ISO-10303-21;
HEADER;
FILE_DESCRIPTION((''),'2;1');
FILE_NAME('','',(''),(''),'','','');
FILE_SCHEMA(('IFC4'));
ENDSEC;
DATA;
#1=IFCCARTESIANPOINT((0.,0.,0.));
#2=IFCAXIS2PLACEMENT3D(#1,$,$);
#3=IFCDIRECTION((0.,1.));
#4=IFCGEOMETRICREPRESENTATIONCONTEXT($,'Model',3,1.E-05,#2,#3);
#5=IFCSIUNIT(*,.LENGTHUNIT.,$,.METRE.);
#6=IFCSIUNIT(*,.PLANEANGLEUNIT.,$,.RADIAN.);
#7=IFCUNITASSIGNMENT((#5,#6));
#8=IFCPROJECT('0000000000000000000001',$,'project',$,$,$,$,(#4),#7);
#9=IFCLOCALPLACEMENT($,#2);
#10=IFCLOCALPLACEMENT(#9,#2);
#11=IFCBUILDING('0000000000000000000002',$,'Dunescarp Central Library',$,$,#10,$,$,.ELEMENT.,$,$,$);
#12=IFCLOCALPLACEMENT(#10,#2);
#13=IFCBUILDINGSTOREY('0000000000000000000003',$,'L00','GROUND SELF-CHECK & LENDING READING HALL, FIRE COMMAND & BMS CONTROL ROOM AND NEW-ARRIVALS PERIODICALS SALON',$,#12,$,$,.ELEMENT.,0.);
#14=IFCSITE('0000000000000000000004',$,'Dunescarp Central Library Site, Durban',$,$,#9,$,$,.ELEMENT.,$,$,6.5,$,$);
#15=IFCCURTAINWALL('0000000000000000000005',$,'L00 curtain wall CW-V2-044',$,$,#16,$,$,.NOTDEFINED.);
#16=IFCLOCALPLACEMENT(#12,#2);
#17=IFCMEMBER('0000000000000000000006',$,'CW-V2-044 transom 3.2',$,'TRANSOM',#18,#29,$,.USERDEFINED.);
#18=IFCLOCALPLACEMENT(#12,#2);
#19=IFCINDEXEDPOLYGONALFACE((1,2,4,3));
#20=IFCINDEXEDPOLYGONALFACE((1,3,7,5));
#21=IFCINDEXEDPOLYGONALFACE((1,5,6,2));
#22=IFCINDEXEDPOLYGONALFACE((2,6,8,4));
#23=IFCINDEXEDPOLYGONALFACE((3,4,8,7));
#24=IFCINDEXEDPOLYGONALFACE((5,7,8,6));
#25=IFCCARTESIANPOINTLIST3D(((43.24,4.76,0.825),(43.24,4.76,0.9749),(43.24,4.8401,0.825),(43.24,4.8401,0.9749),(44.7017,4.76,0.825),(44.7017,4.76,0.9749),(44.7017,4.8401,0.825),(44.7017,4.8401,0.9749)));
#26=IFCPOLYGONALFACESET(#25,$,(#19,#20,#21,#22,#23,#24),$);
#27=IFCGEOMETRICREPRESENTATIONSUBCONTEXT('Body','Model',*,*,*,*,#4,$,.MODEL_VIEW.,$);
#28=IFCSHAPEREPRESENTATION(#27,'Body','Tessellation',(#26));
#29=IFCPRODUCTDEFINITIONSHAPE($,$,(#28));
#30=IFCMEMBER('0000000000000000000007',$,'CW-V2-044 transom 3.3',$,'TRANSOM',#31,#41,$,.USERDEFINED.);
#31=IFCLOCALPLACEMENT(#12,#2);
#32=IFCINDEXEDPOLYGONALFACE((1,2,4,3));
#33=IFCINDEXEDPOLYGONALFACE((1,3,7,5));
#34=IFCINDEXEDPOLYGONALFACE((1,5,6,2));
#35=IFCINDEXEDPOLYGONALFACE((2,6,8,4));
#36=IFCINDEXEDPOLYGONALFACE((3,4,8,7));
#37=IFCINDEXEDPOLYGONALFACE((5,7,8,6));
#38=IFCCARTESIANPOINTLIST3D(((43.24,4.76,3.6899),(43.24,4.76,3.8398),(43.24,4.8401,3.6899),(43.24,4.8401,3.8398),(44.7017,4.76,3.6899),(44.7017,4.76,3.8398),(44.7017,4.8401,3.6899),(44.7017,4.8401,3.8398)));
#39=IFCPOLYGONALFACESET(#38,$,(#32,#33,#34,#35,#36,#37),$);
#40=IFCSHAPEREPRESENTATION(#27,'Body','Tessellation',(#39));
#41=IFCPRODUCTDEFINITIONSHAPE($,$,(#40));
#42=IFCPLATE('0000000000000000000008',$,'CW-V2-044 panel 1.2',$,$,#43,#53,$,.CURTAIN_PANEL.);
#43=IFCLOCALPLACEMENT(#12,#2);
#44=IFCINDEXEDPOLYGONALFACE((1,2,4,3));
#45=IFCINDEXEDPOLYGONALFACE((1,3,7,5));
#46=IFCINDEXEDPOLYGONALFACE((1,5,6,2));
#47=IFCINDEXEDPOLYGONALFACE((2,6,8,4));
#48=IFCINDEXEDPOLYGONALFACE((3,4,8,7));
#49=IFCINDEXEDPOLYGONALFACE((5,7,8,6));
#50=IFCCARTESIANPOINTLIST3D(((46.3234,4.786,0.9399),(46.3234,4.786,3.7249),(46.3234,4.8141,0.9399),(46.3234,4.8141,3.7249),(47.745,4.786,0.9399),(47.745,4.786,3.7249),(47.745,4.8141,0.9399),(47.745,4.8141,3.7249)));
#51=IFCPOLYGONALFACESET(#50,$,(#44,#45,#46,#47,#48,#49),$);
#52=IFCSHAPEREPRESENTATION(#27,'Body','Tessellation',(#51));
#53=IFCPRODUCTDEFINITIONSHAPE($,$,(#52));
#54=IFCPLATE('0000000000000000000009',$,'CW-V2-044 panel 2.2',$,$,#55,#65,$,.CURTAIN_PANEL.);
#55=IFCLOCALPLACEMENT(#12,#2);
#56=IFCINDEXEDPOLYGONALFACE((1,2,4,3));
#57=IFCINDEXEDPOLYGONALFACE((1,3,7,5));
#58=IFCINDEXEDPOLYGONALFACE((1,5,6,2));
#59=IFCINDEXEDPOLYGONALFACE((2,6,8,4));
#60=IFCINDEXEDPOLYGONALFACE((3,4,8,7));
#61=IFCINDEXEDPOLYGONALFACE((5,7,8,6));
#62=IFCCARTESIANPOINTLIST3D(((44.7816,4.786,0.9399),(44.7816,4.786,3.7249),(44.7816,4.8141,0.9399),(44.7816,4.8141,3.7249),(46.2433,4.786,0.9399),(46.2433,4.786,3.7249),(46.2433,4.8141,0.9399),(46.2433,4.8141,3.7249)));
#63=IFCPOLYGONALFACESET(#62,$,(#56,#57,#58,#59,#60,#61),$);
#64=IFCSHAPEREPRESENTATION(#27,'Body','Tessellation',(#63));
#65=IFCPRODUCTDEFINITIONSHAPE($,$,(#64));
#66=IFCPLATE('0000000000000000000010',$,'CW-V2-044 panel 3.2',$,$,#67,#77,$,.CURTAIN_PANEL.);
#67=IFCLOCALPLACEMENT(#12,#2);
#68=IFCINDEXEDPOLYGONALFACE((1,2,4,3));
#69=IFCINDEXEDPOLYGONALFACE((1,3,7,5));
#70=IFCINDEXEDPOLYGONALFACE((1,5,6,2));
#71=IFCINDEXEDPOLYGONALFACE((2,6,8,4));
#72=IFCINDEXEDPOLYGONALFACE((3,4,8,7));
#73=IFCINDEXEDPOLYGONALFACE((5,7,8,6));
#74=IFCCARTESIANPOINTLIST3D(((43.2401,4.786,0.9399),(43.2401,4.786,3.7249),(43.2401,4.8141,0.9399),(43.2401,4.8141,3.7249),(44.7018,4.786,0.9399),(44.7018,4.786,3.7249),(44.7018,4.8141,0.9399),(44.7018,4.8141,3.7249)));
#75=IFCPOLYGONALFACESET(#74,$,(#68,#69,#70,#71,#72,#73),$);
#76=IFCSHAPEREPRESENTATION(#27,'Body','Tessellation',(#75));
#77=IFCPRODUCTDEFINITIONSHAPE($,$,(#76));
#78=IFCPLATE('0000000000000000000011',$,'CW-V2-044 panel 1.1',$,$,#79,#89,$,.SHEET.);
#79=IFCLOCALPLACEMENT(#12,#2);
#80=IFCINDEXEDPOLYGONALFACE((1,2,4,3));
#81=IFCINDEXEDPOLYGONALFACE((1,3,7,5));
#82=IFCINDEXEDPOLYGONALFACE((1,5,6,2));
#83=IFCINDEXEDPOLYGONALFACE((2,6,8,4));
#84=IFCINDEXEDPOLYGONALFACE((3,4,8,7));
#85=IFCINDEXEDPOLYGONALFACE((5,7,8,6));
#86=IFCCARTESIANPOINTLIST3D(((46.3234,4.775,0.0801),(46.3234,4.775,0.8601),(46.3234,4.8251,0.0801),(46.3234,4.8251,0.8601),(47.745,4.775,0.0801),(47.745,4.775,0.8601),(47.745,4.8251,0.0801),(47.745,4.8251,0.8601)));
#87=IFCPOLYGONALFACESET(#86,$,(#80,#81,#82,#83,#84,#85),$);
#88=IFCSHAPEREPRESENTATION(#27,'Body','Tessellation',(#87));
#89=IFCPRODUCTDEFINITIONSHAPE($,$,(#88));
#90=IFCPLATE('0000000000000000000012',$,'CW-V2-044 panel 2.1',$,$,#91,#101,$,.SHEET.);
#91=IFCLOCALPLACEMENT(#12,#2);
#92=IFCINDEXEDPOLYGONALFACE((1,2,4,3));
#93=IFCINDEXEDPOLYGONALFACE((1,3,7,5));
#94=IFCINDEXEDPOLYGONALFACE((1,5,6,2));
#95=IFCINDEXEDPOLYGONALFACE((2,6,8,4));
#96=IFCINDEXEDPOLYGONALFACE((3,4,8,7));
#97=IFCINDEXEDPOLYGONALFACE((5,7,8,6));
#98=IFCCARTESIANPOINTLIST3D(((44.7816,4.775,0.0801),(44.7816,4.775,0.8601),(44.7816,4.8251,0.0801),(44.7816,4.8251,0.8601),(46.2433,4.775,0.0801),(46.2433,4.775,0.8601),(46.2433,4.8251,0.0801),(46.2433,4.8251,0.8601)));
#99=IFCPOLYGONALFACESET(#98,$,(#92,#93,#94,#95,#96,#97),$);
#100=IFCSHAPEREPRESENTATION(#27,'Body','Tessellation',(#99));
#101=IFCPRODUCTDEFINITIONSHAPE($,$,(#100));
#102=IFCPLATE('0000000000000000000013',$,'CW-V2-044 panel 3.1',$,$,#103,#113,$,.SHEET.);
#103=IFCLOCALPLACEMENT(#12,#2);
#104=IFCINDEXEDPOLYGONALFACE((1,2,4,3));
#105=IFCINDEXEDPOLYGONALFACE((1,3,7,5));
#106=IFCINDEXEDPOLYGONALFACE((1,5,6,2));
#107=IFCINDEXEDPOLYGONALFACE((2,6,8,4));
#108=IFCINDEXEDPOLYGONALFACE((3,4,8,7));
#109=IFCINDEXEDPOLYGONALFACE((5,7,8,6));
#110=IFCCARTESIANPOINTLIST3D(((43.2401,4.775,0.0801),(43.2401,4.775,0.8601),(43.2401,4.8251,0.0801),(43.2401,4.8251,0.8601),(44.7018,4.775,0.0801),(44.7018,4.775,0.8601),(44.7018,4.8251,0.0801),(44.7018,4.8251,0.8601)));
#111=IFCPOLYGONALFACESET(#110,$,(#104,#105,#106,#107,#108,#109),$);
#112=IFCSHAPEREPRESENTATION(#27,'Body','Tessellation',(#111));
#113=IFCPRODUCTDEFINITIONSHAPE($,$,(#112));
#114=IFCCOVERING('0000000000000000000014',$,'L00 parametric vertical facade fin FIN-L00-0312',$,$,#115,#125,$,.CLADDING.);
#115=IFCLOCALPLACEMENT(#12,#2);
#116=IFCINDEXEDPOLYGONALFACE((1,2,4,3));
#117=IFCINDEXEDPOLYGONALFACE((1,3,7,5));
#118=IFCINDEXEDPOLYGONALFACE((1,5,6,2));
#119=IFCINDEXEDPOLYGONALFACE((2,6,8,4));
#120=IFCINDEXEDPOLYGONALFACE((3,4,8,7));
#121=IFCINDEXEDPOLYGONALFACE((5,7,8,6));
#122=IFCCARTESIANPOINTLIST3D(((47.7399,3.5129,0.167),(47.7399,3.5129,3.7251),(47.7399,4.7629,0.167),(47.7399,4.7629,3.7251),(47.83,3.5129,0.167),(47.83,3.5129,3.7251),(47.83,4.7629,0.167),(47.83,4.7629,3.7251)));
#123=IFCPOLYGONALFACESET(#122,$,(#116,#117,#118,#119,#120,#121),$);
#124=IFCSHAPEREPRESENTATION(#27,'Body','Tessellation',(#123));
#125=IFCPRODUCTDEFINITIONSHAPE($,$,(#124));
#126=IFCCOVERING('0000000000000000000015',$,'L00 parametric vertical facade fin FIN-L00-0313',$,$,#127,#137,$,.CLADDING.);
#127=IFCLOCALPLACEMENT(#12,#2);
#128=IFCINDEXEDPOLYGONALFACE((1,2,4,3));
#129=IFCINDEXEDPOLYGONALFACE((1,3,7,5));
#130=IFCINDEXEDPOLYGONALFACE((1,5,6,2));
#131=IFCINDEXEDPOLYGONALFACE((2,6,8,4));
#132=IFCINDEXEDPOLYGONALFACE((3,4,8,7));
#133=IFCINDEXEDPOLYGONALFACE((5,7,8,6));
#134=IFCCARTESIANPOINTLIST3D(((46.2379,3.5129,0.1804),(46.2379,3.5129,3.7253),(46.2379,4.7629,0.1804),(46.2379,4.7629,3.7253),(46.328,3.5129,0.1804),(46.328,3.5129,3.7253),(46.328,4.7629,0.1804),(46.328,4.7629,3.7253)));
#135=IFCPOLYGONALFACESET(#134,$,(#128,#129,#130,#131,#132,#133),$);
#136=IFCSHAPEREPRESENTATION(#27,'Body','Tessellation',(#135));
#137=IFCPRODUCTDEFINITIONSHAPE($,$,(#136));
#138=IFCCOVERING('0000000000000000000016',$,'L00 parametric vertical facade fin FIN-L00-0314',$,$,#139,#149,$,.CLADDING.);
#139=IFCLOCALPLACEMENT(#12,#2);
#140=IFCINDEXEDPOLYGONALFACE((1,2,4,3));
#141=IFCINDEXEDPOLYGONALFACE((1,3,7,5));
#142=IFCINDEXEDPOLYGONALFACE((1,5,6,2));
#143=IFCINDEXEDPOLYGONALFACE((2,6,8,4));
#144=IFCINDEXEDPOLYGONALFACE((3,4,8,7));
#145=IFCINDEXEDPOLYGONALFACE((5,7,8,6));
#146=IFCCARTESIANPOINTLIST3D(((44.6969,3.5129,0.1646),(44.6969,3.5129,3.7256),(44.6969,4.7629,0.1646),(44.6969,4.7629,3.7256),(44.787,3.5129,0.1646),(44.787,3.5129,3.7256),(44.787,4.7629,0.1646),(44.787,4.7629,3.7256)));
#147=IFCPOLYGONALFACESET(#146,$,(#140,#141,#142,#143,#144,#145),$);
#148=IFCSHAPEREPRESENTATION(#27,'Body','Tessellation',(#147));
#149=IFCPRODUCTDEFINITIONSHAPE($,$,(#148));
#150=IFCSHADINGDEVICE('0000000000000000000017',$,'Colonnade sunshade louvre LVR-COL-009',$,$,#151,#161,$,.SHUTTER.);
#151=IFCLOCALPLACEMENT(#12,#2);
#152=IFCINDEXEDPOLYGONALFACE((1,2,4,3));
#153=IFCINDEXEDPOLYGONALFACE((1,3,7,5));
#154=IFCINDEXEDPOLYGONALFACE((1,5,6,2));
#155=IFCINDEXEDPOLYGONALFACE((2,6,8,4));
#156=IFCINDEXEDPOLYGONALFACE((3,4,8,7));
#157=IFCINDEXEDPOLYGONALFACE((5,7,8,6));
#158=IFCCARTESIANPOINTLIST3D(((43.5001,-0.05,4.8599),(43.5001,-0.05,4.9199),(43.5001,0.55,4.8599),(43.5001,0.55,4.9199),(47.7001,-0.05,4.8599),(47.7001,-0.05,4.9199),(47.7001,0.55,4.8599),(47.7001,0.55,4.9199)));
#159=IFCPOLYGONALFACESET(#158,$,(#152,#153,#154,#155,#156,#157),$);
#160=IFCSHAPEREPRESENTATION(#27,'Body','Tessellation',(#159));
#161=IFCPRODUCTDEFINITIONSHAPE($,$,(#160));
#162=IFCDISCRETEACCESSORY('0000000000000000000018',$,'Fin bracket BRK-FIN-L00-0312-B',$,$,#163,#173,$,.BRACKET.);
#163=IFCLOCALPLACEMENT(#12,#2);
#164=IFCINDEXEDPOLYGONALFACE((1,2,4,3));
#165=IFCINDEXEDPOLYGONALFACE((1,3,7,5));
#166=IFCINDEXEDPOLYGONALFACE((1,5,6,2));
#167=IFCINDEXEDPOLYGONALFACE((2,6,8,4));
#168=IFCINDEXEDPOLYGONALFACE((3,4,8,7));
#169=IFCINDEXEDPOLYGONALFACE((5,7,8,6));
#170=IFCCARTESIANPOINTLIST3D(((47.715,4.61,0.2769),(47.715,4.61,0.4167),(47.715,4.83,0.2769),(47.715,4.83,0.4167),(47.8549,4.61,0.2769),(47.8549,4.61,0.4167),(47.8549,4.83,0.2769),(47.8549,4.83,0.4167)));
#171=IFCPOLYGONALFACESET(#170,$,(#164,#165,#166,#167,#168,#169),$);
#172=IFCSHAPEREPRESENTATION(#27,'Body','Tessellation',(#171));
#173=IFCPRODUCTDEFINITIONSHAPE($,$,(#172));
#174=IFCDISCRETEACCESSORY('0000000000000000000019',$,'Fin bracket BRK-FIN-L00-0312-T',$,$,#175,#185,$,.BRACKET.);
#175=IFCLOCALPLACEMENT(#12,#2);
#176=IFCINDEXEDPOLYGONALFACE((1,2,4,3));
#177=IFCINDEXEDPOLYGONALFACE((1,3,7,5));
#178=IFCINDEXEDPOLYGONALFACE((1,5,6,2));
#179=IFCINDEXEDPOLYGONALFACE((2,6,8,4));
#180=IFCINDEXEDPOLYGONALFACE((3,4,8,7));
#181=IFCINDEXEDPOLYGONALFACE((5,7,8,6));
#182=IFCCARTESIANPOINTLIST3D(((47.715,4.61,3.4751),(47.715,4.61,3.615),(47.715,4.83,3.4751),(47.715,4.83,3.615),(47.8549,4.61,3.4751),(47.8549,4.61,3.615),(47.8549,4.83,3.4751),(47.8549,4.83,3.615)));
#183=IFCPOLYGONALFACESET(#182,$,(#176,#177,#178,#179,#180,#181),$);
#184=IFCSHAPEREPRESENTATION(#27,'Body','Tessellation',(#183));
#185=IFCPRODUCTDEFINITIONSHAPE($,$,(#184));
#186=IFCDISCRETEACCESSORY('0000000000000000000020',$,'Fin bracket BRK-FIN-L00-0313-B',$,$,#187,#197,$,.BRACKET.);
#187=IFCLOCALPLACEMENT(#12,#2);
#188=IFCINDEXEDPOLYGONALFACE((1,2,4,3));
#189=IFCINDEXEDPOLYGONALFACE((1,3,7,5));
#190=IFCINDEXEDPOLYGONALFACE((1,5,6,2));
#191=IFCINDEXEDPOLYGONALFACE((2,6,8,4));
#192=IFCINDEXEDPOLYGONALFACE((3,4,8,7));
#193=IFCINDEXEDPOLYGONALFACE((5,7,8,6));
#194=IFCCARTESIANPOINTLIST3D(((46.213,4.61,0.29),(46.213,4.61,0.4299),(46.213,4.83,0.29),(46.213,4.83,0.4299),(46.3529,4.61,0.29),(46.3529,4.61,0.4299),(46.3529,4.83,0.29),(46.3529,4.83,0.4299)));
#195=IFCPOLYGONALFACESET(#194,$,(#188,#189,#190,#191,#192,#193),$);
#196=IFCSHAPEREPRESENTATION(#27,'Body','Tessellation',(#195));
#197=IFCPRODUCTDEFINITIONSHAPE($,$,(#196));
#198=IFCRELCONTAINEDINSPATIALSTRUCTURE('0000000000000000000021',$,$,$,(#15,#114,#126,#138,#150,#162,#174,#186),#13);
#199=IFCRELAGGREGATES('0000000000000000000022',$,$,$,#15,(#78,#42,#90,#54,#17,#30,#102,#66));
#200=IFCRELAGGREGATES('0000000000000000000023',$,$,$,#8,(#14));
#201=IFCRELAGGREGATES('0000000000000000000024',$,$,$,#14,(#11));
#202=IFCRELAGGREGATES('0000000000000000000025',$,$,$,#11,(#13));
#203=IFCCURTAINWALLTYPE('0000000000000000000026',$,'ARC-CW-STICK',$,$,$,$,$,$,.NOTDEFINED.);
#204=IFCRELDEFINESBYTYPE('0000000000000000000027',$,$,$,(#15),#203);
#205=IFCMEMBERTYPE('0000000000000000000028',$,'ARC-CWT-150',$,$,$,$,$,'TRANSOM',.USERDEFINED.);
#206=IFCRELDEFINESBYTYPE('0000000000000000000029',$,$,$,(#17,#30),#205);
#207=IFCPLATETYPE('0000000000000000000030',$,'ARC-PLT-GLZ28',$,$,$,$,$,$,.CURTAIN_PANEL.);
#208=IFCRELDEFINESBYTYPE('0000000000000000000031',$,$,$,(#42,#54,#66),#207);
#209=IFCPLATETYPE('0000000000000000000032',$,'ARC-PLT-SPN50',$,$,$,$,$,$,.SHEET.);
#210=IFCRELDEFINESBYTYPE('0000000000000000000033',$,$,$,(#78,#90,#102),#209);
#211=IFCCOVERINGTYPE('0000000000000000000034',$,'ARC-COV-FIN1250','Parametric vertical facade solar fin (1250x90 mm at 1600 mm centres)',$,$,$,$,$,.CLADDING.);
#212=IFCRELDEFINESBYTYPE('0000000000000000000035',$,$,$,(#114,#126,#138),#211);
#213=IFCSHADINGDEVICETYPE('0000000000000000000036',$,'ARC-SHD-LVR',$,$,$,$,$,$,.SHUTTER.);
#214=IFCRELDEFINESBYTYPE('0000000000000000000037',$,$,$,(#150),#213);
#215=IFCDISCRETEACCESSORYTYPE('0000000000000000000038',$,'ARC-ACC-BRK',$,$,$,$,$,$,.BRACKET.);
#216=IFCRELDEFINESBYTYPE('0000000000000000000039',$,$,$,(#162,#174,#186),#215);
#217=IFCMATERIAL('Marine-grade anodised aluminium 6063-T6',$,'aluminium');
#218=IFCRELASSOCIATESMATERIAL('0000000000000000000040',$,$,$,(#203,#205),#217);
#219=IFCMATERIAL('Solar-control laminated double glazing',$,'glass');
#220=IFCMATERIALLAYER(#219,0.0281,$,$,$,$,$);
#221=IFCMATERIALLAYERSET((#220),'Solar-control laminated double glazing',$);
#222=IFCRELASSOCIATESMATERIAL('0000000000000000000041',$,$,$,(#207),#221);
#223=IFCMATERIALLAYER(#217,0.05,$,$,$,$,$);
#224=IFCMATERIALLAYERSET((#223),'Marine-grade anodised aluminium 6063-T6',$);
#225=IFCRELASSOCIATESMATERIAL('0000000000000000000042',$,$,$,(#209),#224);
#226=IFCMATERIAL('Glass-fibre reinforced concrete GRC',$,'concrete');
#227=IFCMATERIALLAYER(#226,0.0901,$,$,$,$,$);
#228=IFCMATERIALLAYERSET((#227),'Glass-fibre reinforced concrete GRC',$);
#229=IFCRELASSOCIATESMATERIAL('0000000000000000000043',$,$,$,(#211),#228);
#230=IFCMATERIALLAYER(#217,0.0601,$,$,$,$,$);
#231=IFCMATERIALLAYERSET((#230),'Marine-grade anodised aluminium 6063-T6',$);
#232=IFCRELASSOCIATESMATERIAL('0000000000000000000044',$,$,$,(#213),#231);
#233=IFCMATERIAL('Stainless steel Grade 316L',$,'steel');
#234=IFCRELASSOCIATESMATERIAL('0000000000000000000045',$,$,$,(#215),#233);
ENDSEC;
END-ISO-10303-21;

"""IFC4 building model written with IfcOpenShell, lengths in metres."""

from ifc_helpers import new_model, si_unit, direction, frame, origin, origin_2d, place, context, subcontext, project, spatial, rectangle, extrude, material, layer, layer_set, material_profile, profile_set, type_object, element, aggregate, save


model = new_model("IFC4")

# Units and contexts
model_context = context("Model", 3, precision=1e-05, world=origin(), true_north=direction((0.0, 1.0)))
body_context = subcontext(model_context, "Body", "Model", "MODEL_VIEW")
ifc_project = project(units=[si_unit("LENGTHUNIT", "METRE"), si_unit("PLANEANGLEUNIT", "RADIAN")], contexts=[model_context])

# Site, building, storey
site_placement = place(None, origin())
site = spatial("IfcSite", under=ifc_project, at=site_placement, Name="Dunescarp Central Library Site, Durban", CompositionType="ELEMENT", RefElevation=6.5)
building_placement = place(site_placement, origin())
building = spatial("IfcBuilding", under=site, at=building_placement, Name="Dunescarp Central Library", CompositionType="ELEMENT")
storey_placement = place(building_placement, origin())
storey = spatial("IfcBuildingStorey", under=building, at=storey_placement, Name="L00", Description="GROUND SELF-CHECK & LENDING READING HALL, FIRE COMMAND & BMS CONTROL ROOM AND NEW-ARRIVALS PERIODICALS SALON", CompositionType="ELEMENT", Elevation=0.0)

# Curtain wall, members, plates
ifc_material_1 = material(Name="Marine-grade anodised aluminium 6063-T6", Category="aluminium")
curtain_wall_type = type_object("IfcCurtainWallType", Name="ARC-CW-STICK", PredefinedType="NOTDEFINED", material=ifc_material_1)
curtain_wall_placement = place(storey_placement, origin())
curtain_wall = element("IfcCurtainWall", 1, at=curtain_wall_placement, inside=storey, type_object=curtain_wall_type, Name="L00 curtain wall CW-V2-044", PredefinedType="NOTDEFINED")
ifc_material_profile_1 = material_profile(ifc_material_1, rectangle(XDim=0.0801, YDim=0.1499, at=origin_2d()), Name="AL 80x150")
ifc_profile_set_1 = profile_set([ifc_material_profile_1], Name="Marine-grade anodised aluminium 6063-T6")
member_type_1 = type_object("IfcMemberType", Name="ARC-CWT-150", ElementType="TRANSOM", PredefinedType="USERDEFINED", material=ifc_profile_set_1)
member_1_placement = place(storey_placement, frame((44.7017, 4.8, 0.8999), z_axis=(-1.0, 0.0, 0.0), x_axis=(0.0, -1.0, 0.0)))
member_1 = element("IfcMember", 2, at=member_1_placement, type_object=member_type_1, Name="CW-V2-044 transom 3.2", ObjectType="TRANSOM", PredefinedType="USERDEFINED", context=body_context, shape_type="SweptSolid", body=[
    extrude(rectangle(XDim=0.0801, YDim=0.1499, at=origin_2d()), origin(), (0.0, 0.0, 1.0), 1.4617),
])
member_2_placement = place(storey_placement, frame((44.7017, 4.8, 3.7649), z_axis=(-1.0, 0.0, 0.0), x_axis=(0.0, -1.0, 0.0)))
member_2 = element("IfcMember", 3, at=member_2_placement, type_object=member_type_1, Name="CW-V2-044 transom 3.3", ObjectType="TRANSOM", PredefinedType="USERDEFINED", context=body_context, shape_type="SweptSolid", body=[
    extrude(rectangle(XDim=0.0801, YDim=0.1499, at=origin_2d()), origin(), (0.0, 0.0, 1.0), 1.4617),
])
ifc_material_2 = material(Name="Solar-control laminated double glazing", Category="glass")
ifc_layer_1 = layer(ifc_material_2, 0.0281)
ifc_layer_set_1 = layer_set([ifc_layer_1], Name="Solar-control laminated double glazing")
plate_type_1 = type_object("IfcPlateType", Name="ARC-PLT-GLZ28", PredefinedType="CURTAIN_PANEL", material=ifc_layer_set_1)
plate_1_placement = place(storey_placement, frame((47.0342, 4.8, 0.9399), z_axis=(0.0, 0.0, 1.0), x_axis=(-1.0, 0.0, 0.0)))
plate_1 = element("IfcPlate", 4, at=plate_1_placement, type_object=plate_type_1, Name="CW-V2-044 panel 1.2", PredefinedType="CURTAIN_PANEL", context=body_context, shape_type="SweptSolid", body=[
    extrude(rectangle(XDim=1.4216, YDim=0.0281, at=origin_2d()), origin(), (0.0, 0.0, 1.0), 2.7849),
])
plate_2_placement = place(storey_placement, frame((45.5125, 4.8, 0.9399), z_axis=(0.0, 0.0, 1.0), x_axis=(-1.0, 0.0, 0.0)))
plate_2 = element("IfcPlate", 5, at=plate_2_placement, type_object=plate_type_1, Name="CW-V2-044 panel 2.2", PredefinedType="CURTAIN_PANEL", context=body_context, shape_type="SweptSolid", body=[
    extrude(rectangle(XDim=1.4617, YDim=0.0281, at=origin_2d()), origin(), (0.0, 0.0, 1.0), 2.7849),
])
plate_3_placement = place(storey_placement, frame((43.9709, 4.8, 0.9399), z_axis=(0.0, 0.0, 1.0), x_axis=(-1.0, 0.0, 0.0)))
plate_3 = element("IfcPlate", 6, at=plate_3_placement, type_object=plate_type_1, Name="CW-V2-044 panel 3.2", PredefinedType="CURTAIN_PANEL", context=body_context, shape_type="SweptSolid", body=[
    extrude(rectangle(XDim=1.4617, YDim=0.0281, at=origin_2d()), origin(), (0.0, 0.0, 1.0), 2.7849),
])
ifc_layer_2 = layer(ifc_material_1, 0.05)
ifc_layer_set_2 = layer_set([ifc_layer_2], Name="Marine-grade anodised aluminium 6063-T6")
plate_type_2 = type_object("IfcPlateType", Name="ARC-PLT-SPN50", PredefinedType="SHEET", material=ifc_layer_set_2)
plate_4_placement = place(storey_placement, frame((47.0342, 4.8, 0.0801), z_axis=(0.0, 0.0, 1.0), x_axis=(-1.0, 0.0, 0.0)))
plate_4 = element("IfcPlate", 7, at=plate_4_placement, type_object=plate_type_2, Name="CW-V2-044 panel 1.1", PredefinedType="SHEET", context=body_context, shape_type="SweptSolid", body=[
    extrude(rectangle(XDim=1.4216, YDim=0.05, at=origin_2d()), origin(), (0.0, 0.0, 1.0), 0.78),
])
plate_5_placement = place(storey_placement, frame((45.5125, 4.8, 0.0801), z_axis=(0.0, 0.0, 1.0), x_axis=(-1.0, 0.0, 0.0)))
plate_5 = element("IfcPlate", 8, at=plate_5_placement, type_object=plate_type_2, Name="CW-V2-044 panel 2.1", PredefinedType="SHEET", context=body_context, shape_type="SweptSolid", body=[
    extrude(rectangle(XDim=1.4617, YDim=0.05, at=origin_2d()), origin(), (0.0, 0.0, 1.0), 0.78),
])
plate_6_placement = place(storey_placement, frame((43.9709, 4.8, 0.0801), z_axis=(0.0, 0.0, 1.0), x_axis=(-1.0, 0.0, 0.0)))
plate_6 = element("IfcPlate", 9, at=plate_6_placement, type_object=plate_type_2, Name="CW-V2-044 panel 3.1", PredefinedType="SHEET", context=body_context, shape_type="SweptSolid", body=[
    extrude(rectangle(XDim=1.4617, YDim=0.05, at=origin_2d()), origin(), (0.0, 0.0, 1.0), 0.78),
])
aggregate(curtain_wall, [plate_4, plate_1, plate_5, plate_2, member_1, member_2, plate_6, plate_3])

# Coverings
ifc_material_3 = material(Name="Glass-fibre reinforced concrete GRC", Category="concrete")
ifc_layer_3 = layer(ifc_material_3, 0.0901)
ifc_layer_set_3 = layer_set([ifc_layer_3], Name="Glass-fibre reinforced concrete GRC")
covering_type = type_object("IfcCoveringType", Name="ARC-COV-FIN1250", Description="Parametric vertical facade solar fin (1250x90 mm at 1600 mm centres)", PredefinedType="CLADDING", material=ifc_layer_set_3)
covering_1_placement = place(storey_placement, frame((47.7849, 4.1379, 0.167), z_axis=(0.0, 0.0, 1.0), x_axis=(0.0, -1.0, 0.0)))
element("IfcCovering", 10, at=covering_1_placement, inside=storey, type_object=covering_type, Name="L00 parametric vertical facade fin FIN-L00-0312", PredefinedType="CLADDING", context=body_context, shape_type="SweptSolid", body=[
    extrude(rectangle(XDim=1.25, YDim=0.0901, at=origin_2d()), origin(), (0.0, 0.0, 1.0), 3.5581),
])
covering_2_placement = place(storey_placement, frame((46.283, 4.1379, 0.1804), z_axis=(0.0, 0.0, 1.0), x_axis=(0.0, -1.0, 0.0)))
element("IfcCovering", 11, at=covering_2_placement, inside=storey, type_object=covering_type, Name="L00 parametric vertical facade fin FIN-L00-0313", PredefinedType="CLADDING", context=body_context, shape_type="SweptSolid", body=[
    extrude(rectangle(XDim=1.25, YDim=0.0901, at=origin_2d()), origin(), (0.0, 0.0, 1.0), 3.5449),
])
covering_3_placement = place(storey_placement, frame((44.7419, 4.1379, 0.1646), z_axis=(0.0, 0.0, 1.0), x_axis=(0.0, -1.0, 0.0)))
element("IfcCovering", 12, at=covering_3_placement, inside=storey, type_object=covering_type, Name="L00 parametric vertical facade fin FIN-L00-0314", PredefinedType="CLADDING", context=body_context, shape_type="SweptSolid", body=[
    extrude(rectangle(XDim=1.25, YDim=0.0901, at=origin_2d()), origin(), (0.0, 0.0, 1.0), 3.561),
])

# Shading device
ifc_layer_4 = layer(ifc_material_1, 0.0601)
ifc_layer_set_4 = layer_set([ifc_layer_4], Name="Marine-grade anodised aluminium 6063-T6")
shading_device_type = type_object("IfcShadingDeviceType", Name="ARC-SHD-LVR", PredefinedType="SHUTTER", material=ifc_layer_set_4)
shading_device_placement = place(storey_placement, frame((45.6001, 0.25, 4.8599), z_axis=(0.0, 0.0, 1.0), x_axis=(1.0, 0.0, 0.0)))
element("IfcShadingDevice", 13, at=shading_device_placement, inside=storey, type_object=shading_device_type, Name="Colonnade sunshade louvre LVR-COL-009", PredefinedType="SHUTTER", context=body_context, shape_type="SweptSolid", body=[
    extrude(rectangle(XDim=4.2, YDim=0.6001, at=origin_2d()), origin(), (0.0, 0.0, 1.0), 0.0601),
])

# Discrete accessories
ifc_material_4 = material(Name="Stainless steel Grade 316L", Category="steel")
discrete_accessory_type = type_object("IfcDiscreteAccessoryType", Name="ARC-ACC-BRK", PredefinedType="BRACKET", material=ifc_material_4)
for number, where, z_axis, x_axis, name in (
    (14, (47.7849, 4.72, 0.2769), (0.0, 0.0, 1.0), (0.0, -1.0, 0.0), "Fin bracket BRK-FIN-L00-0312-B"),
    (15, (47.7849, 4.72, 3.4751), (0.0, 0.0, 1.0), (0.0, -1.0, 0.0), "Fin bracket BRK-FIN-L00-0312-T"),
    (16, (46.283, 4.72, 0.29), (0.0, 0.0, 1.0), (0.0, -1.0, 0.0), "Fin bracket BRK-FIN-L00-0313-B"),
):
    element("IfcDiscreteAccessory", number, at=place(storey_placement, frame(where, z_axis=z_axis, x_axis=x_axis)), inside=storey, type_object=discrete_accessory_type, Name=name, PredefinedType="BRACKET", context=body_context, shape_type="SweptSolid", body=[
        extrude(rectangle(XDim=0.22, YDim=0.1399, at=origin_2d()), origin(), (0.0, 0.0, 1.0), 0.1399),
    ])

save(model, "model.ifc")
